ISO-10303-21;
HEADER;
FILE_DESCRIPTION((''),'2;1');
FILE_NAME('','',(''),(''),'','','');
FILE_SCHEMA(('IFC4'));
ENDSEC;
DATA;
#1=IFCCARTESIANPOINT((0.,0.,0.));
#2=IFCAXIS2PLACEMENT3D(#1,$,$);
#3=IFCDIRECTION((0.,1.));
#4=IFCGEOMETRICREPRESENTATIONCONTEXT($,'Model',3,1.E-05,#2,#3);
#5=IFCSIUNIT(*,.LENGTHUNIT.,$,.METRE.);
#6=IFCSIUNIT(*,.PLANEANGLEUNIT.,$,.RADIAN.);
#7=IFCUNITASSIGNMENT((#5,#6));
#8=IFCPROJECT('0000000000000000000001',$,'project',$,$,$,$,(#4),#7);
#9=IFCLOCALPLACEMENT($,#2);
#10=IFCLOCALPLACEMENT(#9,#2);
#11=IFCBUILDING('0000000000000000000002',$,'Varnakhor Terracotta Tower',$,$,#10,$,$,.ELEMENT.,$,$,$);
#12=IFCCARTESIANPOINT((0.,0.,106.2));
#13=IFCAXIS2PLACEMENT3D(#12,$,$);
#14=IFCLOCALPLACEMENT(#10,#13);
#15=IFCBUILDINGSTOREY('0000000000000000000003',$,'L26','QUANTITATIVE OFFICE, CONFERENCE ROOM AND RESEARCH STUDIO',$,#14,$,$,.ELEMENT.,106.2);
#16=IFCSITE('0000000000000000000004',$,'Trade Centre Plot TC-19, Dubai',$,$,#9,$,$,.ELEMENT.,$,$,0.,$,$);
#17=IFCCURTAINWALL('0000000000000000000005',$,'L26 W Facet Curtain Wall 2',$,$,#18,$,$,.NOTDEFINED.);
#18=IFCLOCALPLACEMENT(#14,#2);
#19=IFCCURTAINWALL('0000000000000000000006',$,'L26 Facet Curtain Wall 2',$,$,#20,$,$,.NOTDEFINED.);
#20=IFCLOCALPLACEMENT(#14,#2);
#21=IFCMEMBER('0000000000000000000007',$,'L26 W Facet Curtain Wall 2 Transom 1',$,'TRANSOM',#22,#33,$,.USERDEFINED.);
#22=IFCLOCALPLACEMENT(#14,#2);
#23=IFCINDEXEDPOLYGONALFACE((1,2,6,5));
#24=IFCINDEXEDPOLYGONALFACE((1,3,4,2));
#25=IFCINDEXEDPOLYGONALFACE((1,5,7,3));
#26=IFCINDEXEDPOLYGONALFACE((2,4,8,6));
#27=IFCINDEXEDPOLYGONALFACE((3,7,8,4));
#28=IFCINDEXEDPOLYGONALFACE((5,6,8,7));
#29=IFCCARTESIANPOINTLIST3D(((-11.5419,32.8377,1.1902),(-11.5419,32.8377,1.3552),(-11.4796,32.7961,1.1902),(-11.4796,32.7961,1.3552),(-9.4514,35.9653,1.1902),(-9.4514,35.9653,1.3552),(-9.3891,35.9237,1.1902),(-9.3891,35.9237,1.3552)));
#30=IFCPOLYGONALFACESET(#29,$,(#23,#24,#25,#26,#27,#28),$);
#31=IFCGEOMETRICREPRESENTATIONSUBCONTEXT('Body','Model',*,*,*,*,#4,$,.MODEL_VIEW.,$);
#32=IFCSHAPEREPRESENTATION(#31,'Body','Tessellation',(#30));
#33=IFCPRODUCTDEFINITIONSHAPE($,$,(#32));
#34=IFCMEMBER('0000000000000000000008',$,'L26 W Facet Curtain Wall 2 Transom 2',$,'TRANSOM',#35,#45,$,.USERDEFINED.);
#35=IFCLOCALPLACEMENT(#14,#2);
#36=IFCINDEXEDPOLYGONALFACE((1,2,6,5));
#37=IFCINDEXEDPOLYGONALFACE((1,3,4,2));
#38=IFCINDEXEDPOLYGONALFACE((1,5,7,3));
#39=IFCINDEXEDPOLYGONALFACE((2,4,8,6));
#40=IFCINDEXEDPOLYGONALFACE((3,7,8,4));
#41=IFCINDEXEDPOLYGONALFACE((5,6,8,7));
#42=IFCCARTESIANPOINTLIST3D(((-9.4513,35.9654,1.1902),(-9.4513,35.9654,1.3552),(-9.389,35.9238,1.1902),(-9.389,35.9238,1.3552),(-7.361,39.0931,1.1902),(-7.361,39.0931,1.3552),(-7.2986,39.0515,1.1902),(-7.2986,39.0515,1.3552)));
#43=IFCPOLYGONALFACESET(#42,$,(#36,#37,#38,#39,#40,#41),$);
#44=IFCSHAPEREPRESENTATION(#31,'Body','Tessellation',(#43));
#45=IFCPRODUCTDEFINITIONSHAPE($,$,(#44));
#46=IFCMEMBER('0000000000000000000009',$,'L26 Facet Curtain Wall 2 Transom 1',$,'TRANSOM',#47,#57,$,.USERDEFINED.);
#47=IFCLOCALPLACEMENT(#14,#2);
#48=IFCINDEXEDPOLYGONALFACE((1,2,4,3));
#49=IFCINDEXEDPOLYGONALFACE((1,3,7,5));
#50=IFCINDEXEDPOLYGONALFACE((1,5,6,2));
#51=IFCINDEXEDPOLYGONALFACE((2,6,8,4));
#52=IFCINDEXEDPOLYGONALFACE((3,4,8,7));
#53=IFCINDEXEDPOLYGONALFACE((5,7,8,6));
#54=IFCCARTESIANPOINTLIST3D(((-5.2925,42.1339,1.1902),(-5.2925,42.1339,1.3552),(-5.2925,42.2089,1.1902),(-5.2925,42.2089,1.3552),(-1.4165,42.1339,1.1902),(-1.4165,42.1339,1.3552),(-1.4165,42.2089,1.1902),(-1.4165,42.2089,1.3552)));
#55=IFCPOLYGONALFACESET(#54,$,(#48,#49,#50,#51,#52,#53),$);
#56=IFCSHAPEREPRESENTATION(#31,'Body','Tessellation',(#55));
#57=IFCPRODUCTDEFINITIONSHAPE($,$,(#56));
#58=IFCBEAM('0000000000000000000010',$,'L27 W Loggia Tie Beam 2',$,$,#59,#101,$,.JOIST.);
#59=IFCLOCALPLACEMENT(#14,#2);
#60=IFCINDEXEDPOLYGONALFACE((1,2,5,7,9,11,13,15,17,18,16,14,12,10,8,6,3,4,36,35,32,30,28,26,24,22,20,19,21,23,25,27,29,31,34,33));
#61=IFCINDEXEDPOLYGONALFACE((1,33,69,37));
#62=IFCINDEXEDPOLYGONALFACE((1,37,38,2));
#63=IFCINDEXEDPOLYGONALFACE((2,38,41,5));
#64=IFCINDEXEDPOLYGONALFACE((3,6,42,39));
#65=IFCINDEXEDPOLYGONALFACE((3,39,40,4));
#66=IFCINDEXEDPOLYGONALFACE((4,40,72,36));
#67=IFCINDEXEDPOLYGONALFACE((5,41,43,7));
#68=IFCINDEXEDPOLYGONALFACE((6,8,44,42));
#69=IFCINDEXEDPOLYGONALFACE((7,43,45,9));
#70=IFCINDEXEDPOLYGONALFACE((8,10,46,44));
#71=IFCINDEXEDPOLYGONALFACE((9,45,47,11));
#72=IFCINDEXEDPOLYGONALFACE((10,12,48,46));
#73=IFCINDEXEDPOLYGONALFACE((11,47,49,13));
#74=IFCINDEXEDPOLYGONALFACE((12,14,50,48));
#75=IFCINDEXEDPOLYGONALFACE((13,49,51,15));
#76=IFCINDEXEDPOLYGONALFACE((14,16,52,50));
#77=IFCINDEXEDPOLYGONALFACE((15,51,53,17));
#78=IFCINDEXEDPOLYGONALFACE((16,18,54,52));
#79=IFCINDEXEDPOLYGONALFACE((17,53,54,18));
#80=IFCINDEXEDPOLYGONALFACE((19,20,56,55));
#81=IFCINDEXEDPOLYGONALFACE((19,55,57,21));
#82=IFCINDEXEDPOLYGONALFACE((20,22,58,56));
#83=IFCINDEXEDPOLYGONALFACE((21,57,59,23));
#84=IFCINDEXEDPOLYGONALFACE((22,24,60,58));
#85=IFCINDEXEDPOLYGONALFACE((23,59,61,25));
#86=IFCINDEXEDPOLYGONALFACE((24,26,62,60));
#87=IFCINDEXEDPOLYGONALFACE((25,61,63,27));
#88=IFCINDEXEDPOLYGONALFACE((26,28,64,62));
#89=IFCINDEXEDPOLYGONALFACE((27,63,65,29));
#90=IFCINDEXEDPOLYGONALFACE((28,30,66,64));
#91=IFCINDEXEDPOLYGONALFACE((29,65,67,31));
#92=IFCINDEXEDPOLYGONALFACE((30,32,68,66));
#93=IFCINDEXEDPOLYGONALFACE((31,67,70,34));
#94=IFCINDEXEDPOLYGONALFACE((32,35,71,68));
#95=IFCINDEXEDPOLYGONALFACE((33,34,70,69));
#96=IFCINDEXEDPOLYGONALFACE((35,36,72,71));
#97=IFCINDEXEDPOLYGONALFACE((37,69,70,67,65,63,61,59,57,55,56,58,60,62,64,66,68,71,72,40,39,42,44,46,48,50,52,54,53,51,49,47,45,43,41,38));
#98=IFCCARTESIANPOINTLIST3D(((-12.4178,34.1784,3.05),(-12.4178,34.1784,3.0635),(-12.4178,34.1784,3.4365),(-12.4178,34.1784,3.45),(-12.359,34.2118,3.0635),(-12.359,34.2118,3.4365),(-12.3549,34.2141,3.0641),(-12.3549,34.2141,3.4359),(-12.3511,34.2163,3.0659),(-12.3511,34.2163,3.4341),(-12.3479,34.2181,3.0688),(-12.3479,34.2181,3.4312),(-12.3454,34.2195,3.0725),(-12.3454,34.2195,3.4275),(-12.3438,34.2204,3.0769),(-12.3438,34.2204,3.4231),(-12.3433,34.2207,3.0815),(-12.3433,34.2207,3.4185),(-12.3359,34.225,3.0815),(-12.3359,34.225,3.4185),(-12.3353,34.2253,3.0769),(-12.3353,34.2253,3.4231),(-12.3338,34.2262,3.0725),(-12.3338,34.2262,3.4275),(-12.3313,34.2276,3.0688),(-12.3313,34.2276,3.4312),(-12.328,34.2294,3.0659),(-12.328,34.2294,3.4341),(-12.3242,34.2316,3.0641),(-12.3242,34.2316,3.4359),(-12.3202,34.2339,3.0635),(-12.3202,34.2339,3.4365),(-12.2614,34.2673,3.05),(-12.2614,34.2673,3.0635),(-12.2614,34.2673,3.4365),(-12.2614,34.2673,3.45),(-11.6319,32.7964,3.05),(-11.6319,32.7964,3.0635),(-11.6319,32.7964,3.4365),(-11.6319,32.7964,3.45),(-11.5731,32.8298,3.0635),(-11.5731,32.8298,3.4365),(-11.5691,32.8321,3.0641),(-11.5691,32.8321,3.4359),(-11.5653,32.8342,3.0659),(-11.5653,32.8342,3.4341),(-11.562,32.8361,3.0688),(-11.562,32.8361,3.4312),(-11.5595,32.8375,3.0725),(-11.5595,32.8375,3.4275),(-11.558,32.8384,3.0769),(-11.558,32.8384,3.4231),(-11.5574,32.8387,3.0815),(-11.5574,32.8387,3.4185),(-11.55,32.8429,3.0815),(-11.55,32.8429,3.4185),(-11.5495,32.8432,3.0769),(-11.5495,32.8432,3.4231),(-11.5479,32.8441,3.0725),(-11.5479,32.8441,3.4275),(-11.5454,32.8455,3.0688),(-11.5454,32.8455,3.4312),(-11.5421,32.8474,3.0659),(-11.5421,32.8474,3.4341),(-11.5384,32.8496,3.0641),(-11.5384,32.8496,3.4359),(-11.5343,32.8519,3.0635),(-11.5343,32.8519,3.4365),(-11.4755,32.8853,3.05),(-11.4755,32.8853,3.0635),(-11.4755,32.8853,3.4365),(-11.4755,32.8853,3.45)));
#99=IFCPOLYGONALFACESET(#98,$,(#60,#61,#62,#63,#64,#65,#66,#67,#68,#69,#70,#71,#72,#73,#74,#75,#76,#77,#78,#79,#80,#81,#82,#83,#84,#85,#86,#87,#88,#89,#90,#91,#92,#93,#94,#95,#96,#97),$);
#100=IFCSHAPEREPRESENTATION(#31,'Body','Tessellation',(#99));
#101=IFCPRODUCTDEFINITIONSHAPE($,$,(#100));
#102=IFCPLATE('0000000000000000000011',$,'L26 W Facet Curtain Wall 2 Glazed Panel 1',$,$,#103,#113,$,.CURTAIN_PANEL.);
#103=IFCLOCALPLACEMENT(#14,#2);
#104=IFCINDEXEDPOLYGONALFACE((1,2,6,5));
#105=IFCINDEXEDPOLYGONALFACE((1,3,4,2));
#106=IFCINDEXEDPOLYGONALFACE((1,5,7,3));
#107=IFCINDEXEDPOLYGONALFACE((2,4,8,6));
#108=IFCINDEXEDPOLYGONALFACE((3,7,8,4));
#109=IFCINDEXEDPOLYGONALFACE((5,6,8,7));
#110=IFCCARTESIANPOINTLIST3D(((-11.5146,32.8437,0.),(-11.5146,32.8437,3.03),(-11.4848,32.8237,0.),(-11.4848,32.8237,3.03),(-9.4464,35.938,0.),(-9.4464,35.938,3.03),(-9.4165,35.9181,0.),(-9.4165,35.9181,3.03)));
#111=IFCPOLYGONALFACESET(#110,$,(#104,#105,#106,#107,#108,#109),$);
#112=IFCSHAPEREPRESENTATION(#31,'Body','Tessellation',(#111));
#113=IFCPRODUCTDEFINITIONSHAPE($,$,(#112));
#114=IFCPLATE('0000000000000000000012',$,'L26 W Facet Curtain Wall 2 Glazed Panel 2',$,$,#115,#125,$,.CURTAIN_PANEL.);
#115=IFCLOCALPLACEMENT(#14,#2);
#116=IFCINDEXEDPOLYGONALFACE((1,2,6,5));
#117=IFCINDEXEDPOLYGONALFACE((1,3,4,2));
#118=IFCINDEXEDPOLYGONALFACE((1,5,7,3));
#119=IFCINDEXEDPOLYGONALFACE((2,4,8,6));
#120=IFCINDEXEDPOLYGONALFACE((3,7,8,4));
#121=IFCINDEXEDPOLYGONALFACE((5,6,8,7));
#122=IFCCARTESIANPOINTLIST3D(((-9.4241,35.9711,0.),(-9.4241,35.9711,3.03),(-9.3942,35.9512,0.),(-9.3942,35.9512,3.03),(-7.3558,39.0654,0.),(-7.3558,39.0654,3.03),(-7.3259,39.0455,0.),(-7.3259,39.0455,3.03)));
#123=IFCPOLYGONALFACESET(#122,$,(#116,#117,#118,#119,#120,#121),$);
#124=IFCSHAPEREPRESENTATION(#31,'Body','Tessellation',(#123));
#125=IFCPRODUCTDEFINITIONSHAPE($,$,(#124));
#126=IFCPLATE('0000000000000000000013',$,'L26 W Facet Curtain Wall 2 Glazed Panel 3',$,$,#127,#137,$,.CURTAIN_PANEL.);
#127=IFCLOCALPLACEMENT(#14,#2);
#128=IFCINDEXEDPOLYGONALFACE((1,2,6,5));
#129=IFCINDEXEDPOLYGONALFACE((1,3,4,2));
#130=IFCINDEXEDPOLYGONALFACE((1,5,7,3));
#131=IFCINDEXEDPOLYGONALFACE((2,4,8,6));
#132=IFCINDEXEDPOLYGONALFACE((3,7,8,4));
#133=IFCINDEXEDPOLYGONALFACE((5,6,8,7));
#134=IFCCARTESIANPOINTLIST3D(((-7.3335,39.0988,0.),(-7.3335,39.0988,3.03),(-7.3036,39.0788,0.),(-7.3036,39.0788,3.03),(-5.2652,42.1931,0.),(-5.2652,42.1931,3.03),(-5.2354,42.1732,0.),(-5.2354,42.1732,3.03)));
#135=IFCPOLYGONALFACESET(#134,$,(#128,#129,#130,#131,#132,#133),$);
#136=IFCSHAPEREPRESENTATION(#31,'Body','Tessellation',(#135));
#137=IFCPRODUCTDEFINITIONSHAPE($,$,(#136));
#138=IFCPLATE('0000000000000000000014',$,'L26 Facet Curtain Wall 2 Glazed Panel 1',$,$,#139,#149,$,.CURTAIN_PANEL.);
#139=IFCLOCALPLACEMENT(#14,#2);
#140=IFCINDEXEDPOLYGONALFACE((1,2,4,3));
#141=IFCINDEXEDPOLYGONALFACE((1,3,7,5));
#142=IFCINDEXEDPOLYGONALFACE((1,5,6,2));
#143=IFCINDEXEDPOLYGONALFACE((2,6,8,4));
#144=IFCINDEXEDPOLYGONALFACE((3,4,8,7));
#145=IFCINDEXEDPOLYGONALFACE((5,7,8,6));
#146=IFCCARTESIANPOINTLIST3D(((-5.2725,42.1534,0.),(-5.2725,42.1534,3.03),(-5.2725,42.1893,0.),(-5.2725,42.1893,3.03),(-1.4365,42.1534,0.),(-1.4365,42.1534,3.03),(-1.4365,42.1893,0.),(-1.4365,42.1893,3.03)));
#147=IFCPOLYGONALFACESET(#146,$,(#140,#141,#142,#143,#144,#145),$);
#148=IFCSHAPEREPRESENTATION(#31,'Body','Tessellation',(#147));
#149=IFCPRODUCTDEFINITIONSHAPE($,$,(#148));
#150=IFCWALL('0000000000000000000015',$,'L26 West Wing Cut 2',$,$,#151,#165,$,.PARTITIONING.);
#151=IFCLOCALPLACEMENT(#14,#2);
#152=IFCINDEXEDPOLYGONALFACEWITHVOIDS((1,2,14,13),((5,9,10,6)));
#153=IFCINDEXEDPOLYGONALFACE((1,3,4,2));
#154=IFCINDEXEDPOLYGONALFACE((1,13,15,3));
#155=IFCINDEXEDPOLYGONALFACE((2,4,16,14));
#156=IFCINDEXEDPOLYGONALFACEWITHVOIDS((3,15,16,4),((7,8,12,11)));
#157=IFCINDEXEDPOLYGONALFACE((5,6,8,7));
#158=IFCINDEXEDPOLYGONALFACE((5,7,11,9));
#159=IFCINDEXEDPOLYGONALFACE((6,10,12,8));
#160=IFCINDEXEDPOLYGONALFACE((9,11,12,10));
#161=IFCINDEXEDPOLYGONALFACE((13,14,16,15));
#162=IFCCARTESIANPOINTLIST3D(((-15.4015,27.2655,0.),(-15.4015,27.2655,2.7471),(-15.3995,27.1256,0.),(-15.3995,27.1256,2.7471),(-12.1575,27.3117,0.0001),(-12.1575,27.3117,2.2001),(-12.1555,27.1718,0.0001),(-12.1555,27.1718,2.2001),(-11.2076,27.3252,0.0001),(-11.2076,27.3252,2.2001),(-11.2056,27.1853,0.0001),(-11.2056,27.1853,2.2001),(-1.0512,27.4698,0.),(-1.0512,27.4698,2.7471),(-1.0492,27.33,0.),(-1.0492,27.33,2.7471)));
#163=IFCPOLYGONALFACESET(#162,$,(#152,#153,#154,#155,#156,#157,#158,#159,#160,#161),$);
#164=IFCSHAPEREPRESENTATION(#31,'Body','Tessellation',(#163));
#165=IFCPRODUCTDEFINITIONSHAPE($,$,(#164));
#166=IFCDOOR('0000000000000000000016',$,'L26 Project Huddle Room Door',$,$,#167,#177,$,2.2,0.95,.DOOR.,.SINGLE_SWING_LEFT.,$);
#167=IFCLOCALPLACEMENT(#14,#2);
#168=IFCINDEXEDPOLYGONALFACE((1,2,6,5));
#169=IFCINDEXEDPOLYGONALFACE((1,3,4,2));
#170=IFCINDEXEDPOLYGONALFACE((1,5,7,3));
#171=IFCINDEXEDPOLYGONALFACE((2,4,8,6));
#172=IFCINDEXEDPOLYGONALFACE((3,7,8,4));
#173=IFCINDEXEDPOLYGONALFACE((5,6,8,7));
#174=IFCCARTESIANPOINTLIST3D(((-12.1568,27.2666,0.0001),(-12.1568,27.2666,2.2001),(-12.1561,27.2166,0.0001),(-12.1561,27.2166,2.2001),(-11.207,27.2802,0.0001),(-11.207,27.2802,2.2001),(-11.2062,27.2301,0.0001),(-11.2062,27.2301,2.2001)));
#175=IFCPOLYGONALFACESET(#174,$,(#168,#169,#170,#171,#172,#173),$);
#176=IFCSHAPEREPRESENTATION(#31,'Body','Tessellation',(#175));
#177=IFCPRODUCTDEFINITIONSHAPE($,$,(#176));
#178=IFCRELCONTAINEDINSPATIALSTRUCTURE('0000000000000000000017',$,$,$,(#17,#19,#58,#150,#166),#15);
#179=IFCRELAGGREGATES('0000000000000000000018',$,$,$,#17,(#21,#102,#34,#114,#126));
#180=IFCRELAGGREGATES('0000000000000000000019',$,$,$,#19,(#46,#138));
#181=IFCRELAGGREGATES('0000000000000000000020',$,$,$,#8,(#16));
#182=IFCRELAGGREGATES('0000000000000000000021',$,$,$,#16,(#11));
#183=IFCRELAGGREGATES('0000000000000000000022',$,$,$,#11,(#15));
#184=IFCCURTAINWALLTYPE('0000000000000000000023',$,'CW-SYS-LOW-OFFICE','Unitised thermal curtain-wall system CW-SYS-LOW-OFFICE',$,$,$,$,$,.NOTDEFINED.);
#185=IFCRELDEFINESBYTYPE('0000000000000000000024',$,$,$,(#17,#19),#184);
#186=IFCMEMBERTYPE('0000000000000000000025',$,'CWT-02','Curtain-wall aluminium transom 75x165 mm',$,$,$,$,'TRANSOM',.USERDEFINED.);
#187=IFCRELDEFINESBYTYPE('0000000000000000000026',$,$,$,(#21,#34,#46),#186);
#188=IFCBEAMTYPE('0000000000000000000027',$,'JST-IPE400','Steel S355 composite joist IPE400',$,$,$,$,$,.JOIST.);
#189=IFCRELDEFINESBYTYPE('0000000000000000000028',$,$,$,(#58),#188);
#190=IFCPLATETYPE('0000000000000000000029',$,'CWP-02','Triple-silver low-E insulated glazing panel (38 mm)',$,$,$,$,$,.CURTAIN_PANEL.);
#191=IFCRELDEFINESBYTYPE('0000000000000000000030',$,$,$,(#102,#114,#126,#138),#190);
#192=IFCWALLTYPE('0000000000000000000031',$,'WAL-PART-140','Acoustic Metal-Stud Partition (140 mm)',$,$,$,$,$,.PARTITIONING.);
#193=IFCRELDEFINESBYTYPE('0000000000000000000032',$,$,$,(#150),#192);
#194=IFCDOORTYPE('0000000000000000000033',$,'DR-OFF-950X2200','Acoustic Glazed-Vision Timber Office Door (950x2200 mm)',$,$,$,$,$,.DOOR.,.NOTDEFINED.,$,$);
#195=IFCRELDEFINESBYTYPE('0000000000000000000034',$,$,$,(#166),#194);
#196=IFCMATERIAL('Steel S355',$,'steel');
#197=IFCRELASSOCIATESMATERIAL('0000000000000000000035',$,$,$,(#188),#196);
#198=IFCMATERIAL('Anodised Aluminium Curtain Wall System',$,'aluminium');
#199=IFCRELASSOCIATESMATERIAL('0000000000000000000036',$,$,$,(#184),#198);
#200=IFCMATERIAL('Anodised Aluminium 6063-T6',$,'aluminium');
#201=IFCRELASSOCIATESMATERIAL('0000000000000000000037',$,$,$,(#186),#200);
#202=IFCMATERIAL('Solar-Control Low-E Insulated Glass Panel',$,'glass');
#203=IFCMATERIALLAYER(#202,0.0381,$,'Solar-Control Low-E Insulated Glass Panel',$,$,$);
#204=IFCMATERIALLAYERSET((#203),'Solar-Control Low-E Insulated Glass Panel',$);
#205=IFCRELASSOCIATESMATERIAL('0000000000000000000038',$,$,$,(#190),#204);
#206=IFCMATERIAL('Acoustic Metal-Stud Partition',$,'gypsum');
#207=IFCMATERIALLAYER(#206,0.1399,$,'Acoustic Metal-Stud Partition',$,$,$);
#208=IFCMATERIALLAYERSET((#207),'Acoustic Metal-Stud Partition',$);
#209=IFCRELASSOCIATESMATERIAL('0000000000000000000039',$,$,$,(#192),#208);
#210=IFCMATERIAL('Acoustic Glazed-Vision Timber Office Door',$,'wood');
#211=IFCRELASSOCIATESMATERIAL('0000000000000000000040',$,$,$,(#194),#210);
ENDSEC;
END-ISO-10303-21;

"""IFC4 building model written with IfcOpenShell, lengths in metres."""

from ifc_helpers import new_model, si_unit, direction, frame, frame_2d, origin, origin_2d, place, context, subcontext, project, spatial, rectangle, i_section, extrude, source, transform, mapped, material, layer, layer_set, material_profile, profile_set, type_object, type_shapes, element, fill, aggregate, save


model = new_model("IFC4")

# Units and contexts
model_context = context("Model", 3, precision=1e-05, world=origin(), true_north=direction((0.0, 1.0)))
body_context = subcontext(model_context, "Body", "Model", "MODEL_VIEW")
ifc_project = project(units=[si_unit("LENGTHUNIT", "METRE"), si_unit("PLANEANGLEUNIT", "RADIAN")], contexts=[model_context])

# Site, building, storey
site_placement = place(None, origin())
site = spatial("IfcSite", under=ifc_project, at=site_placement, Name="Trade Centre Plot TC-19, Dubai", CompositionType="ELEMENT", RefElevation=0.0)
building_placement = place(site_placement, origin())
building = spatial("IfcBuilding", under=site, at=building_placement, Name="Varnakhor Terracotta Tower", CompositionType="ELEMENT")
storey_placement = place(building_placement, frame((0.0, 0.0, 106.2)))
storey = spatial("IfcBuildingStorey", under=building, at=storey_placement, Name="L26", Description="QUANTITATIVE OFFICE, CONFERENCE ROOM AND RESEARCH STUDIO", CompositionType="ELEMENT", Elevation=106.2)

# Shared definitions
ifc_material_1 = material(Name="Steel S355", Category="steel")
ifc_material_profile_1 = material_profile(ifc_material_1, i_section(OverallWidth=0.1799, OverallDepth=0.3999, WebThickness=0.0085, FlangeThickness=0.0134, FilletRadius=0.0181, at=origin_2d()), Name="IPE400")
ifc_profile_set_1 = profile_set([ifc_material_profile_1], Name="Steel S355")
beam_type_1 = type_object("IfcBeamType", Name="JST-IPE400", Description="Steel S355 composite joist IPE400", PredefinedType="JOIST", material=ifc_profile_set_1)

# Curtain walls
ifc_material_2 = material(Name="Anodised Aluminium Curtain Wall System", Category="aluminium")
curtain_wall_type = type_object("IfcCurtainWallType", Name="CW-SYS-LOW-OFFICE", Description="Unitised thermal curtain-wall system CW-SYS-LOW-OFFICE", PredefinedType="NOTDEFINED", material=ifc_material_2)
curtain_wall_1_placement = place(storey_placement, origin())
curtain_wall_1 = element("IfcCurtainWall", 1, at=curtain_wall_1_placement, inside=storey, type_object=curtain_wall_type, Name="L26 W Facet Curtain Wall 2", PredefinedType="NOTDEFINED")
ifc_material_3 = material(Name="Anodised Aluminium 6063-T6", Category="aluminium")
curtain_wall_2_placement = place(storey_placement, origin())
curtain_wall_2 = element("IfcCurtainWall", 2, at=curtain_wall_2_placement, inside=storey, type_object=curtain_wall_type, Name="L26 Facet Curtain Wall 2", PredefinedType="NOTDEFINED")

# Members
ifc_material_profile_2 = material_profile(ifc_material_3, rectangle(XDim=0.075, YDim=0.165, at=origin_2d()), Name="ALU TRANSOM 75x165")
ifc_profile_set_2 = profile_set([ifc_material_profile_2], Name="Anodised Aluminium 6063-T6")
member_type_1 = type_object("IfcMemberType", Name="CWT-02", Description="Curtain-wall aluminium transom 75x165 mm", ElementType="TRANSOM", PredefinedType="USERDEFINED", material=ifc_profile_set_2)
shared_shape_1 = source(origin(), body_context, "Body", "SweptSolid", [
    extrude(rectangle(XDim=0.075, YDim=0.165, at=origin_2d()), origin(), (0.0, 0.0, 1.0), 3.762),
])
member_1_placement = place(storey_placement, frame((-11.5107, 32.8169, 1.2727), z_axis=(0.555703, 0.831381, 0.0), x_axis=(-0.831381, 0.555703, 0.0)))
member_1 = element("IfcMember", 3, at=member_1_placement, type_object=member_type_1, Name="L26 W Facet Curtain Wall 2 Transom 1", ObjectType="TRANSOM", PredefinedType="USERDEFINED", context=body_context, shape_type="MappedRepresentation", body=[
    mapped(shared_shape_1, transform((0.0, 0.0, 0.0), scale=1.0)),
])
member_2_placement = place(storey_placement, frame((-9.4202, 35.9446, 1.2727), z_axis=(0.555658, 0.831411, 0.0), x_axis=(-0.831411, 0.555658, 0.0)))
member_2 = element("IfcMember", 4, at=member_2_placement, type_object=member_type_1, Name="L26 W Facet Curtain Wall 2 Transom 2", ObjectType="TRANSOM", PredefinedType="USERDEFINED", context=body_context, shape_type="MappedRepresentation", body=[
    mapped(shared_shape_1, transform((0.0, 0.0, 0.0), scale=1.0)),
])
shared_shape_2 = source(origin(), body_context, "Body", "SweptSolid", [
    extrude(rectangle(XDim=0.075, YDim=0.165, at=origin_2d()), origin(), (0.0, 0.0, 1.0), 3.876),
])
member_3_placement = place(storey_placement, frame((-5.2925, 42.1714, 1.2727), z_axis=(1.0, 0.0, 0.0), x_axis=(0.0, 1.0, 0.0)))
member_3 = element("IfcMember", 5, at=member_3_placement, type_object=member_type_1, Name="L26 Facet Curtain Wall 2 Transom 1", ObjectType="TRANSOM", PredefinedType="USERDEFINED", context=body_context, shape_type="MappedRepresentation", body=[
    mapped(shared_shape_2, transform((0.0, 0.0, 0.0), scale=1.0)),
])

# Beam
shared_shape_3 = source(origin(), body_context, "Body", "SweptSolid", [
    extrude(i_section(OverallWidth=0.1799, OverallDepth=0.3999, WebThickness=0.0085, FlangeThickness=0.0134, FilletRadius=0.0181, at=origin_2d()), origin(), (0.0, 0.0, 1.0), 1.5898),
])
beam_1_placement = place(storey_placement, frame((-11.5537, 32.8408, 3.25), z_axis=(-0.494302, 0.86929, 0.0), x_axis=(-0.86929, -0.494302, 0.0)))
element("IfcBeam", 6, at=beam_1_placement, inside=storey, type_object=beam_type_1, Name="L27 W Loggia Tie Beam 2", PredefinedType="JOIST", context=body_context, shape_type="MappedRepresentation", body=[
    mapped(shared_shape_3, transform((0.0, 0.0, 0.0), scale=1.0)),
])

# Plates
ifc_material_4 = material(Name="Solar-Control Low-E Insulated Glass Panel", Category="glass")
ifc_layer_1 = layer(ifc_material_4, 0.0381, Name="Solar-Control Low-E Insulated Glass Panel")
ifc_layer_set_1 = layer_set([ifc_layer_1], Name="Solar-Control Low-E Insulated Glass Panel")
plate_type = type_object("IfcPlateType", Name="CWP-02", Description="Triple-silver low-E insulated glazing panel (38 mm)", PredefinedType="CURTAIN_PANEL", material=ifc_layer_set_1)
shared_shape_4 = source(origin(), body_context, "Body", "SweptSolid", [
    extrude(rectangle(XDim=3.7219, YDim=0.0359, at=origin_2d()), origin(), (0.0, 0.0, 1.0), 3.03),
])
plate_1_placement = place(storey_placement, frame((-10.4656, 34.3809, 0.0), z_axis=(0.0, 0.0, 1.0), x_axis=(0.555701, 0.831382, 0.0)))
plate_1 = element("IfcPlate", 7, at=plate_1_placement, type_object=plate_type, Name="L26 W Facet Curtain Wall 2 Glazed Panel 1", PredefinedType="CURTAIN_PANEL", context=body_context, shape_type="MappedRepresentation", body=[
    mapped(shared_shape_4, transform((0.0, 0.0, 0.0), scale=1.0)),
])
plate_2_placement = place(storey_placement, frame((-8.375, 37.5083, 0.0), z_axis=(0.0, 0.0, 1.0), x_axis=(0.555701, 0.831382, 0.0)))
plate_2 = element("IfcPlate", 8, at=plate_2_placement, type_object=plate_type, Name="L26 W Facet Curtain Wall 2 Glazed Panel 2", PredefinedType="CURTAIN_PANEL", context=body_context, shape_type="MappedRepresentation", body=[
    mapped(shared_shape_4, transform((0.0, 0.0, 0.0), scale=1.0)),
])
plate_3_placement = place(storey_placement, frame((-6.2844, 40.636, 0.0), z_axis=(0.0, 0.0, 1.0), x_axis=(0.555701, 0.831382, 0.0)))
plate_3 = element("IfcPlate", 9, at=plate_3_placement, type_object=plate_type, Name="L26 W Facet Curtain Wall 2 Glazed Panel 3", PredefinedType="CURTAIN_PANEL", context=body_context, shape_type="MappedRepresentation", body=[
    mapped(shared_shape_4, transform((0.0, 0.0, 0.0), scale=1.0)),
])
aggregate(curtain_wall_1, [member_1, plate_1, member_2, plate_2, plate_3])
shared_shape_5 = source(origin(), body_context, "Body", "SweptSolid", [
    extrude(rectangle(XDim=3.8359, YDim=0.0359, at=origin_2d()), origin(), (0.0, 0.0, 1.0), 3.03),
])
plate_4_placement = place(storey_placement, frame((-3.3545, 42.1714, 0.0), z_axis=(0.0, 0.0, 1.0), x_axis=(1.0, 0.0, 0.0)))
plate_4 = element("IfcPlate", 10, at=plate_4_placement, type_object=plate_type, Name="L26 Facet Curtain Wall 2 Glazed Panel 1", PredefinedType="CURTAIN_PANEL", context=body_context, shape_type="MappedRepresentation", body=[
    mapped(shared_shape_5, transform((0.0, 0.0, 0.0), scale=1.0)),
])
aggregate(curtain_wall_2, [member_3, plate_4])

# Wall, opening, door
ifc_material_5 = material(Name="Acoustic Metal-Stud Partition", Category="gypsum")
ifc_layer_2 = layer(ifc_material_5, 0.1399, Name="Acoustic Metal-Stud Partition")
ifc_layer_set_2 = layer_set([ifc_layer_2], Name="Acoustic Metal-Stud Partition")
wall_type = type_object("IfcWallType", Name="WAL-PART-140", Description="Acoustic Metal-Stud Partition (140 mm)", PredefinedType="PARTITIONING", material=ifc_layer_set_2)
wall_1_placement = place(storey_placement, frame((-15.4004, 27.1956, 0.0), z_axis=(0.0, 0.0, 1.0), x_axis=(0.999899, 0.014238, 0.0)))
wall_1 = element("IfcWall", 11, at=wall_1_placement, inside=storey, type_object=wall_type, Name="L26 West Wing Cut 2", PredefinedType="PARTITIONING", context=body_context, shape_type="SweptSolid", body=[
    extrude(rectangle(XDim=14.3518, YDim=0.1399, at=frame_2d((7.1758, 0.0))), origin(), (0.0, 0.0, 1.0), 2.7471),
])
opening_placement = place(wall_1_placement, frame((3.2441, 0.0, 0.0)))
opening = element("IfcOpeningElement", 12, at=opening_placement, cuts=wall_1, PredefinedType="OPENING", context=body_context, shape_type="SweptSolid", body=[
    extrude(rectangle(XDim=0.95, YDim=2.2, at=frame_2d((0.4751, 1.1001))), frame((0.0, 0.0801, 0.0), z_axis=(0.0, -1.0, 0.0), x_axis=(1.0, 0.0, 0.0)), (0.0, 0.0, 1.0), 0.1599),
])
ifc_material_6 = material(Name="Acoustic Glazed-Vision Timber Office Door", Category="wood")
door_type = type_object("IfcDoorType", Name="DR-OFF-950X2200", Description="Acoustic Glazed-Vision Timber Office Door (950x2200 mm)", OperationType="NOTDEFINED", PredefinedType="DOOR", material=ifc_material_6)
shared_shape_6 = source(origin(), body_context, "Body", "SweptSolid", [
    extrude(rectangle(XDim=0.95, YDim=2.2, at=frame_2d((0.4751, 1.1001))), frame((0.0, 0.0249, 0.0), z_axis=(0.0, -1.0, 0.0), x_axis=(1.0, 0.0, 0.0)), (0.0, 0.0, 1.0), 0.05),
])
type_shapes(door_type, [shared_shape_6])
door_placement = place(opening_placement, origin())
door = element("IfcDoor", 13, at=door_placement, inside=storey, type_object=door_type, Name="L26 Project Huddle Room Door", OperationType="SINGLE_SWING_LEFT", OverallHeight=2.2, OverallWidth=0.95, PredefinedType="DOOR", context=body_context, shape_type="MappedRepresentation", body=[
    mapped(shared_shape_6, transform((0.0, 0.0, 0.0), scale=1.0)),
])
fill(opening, door)

save(model, "model.ifc")
